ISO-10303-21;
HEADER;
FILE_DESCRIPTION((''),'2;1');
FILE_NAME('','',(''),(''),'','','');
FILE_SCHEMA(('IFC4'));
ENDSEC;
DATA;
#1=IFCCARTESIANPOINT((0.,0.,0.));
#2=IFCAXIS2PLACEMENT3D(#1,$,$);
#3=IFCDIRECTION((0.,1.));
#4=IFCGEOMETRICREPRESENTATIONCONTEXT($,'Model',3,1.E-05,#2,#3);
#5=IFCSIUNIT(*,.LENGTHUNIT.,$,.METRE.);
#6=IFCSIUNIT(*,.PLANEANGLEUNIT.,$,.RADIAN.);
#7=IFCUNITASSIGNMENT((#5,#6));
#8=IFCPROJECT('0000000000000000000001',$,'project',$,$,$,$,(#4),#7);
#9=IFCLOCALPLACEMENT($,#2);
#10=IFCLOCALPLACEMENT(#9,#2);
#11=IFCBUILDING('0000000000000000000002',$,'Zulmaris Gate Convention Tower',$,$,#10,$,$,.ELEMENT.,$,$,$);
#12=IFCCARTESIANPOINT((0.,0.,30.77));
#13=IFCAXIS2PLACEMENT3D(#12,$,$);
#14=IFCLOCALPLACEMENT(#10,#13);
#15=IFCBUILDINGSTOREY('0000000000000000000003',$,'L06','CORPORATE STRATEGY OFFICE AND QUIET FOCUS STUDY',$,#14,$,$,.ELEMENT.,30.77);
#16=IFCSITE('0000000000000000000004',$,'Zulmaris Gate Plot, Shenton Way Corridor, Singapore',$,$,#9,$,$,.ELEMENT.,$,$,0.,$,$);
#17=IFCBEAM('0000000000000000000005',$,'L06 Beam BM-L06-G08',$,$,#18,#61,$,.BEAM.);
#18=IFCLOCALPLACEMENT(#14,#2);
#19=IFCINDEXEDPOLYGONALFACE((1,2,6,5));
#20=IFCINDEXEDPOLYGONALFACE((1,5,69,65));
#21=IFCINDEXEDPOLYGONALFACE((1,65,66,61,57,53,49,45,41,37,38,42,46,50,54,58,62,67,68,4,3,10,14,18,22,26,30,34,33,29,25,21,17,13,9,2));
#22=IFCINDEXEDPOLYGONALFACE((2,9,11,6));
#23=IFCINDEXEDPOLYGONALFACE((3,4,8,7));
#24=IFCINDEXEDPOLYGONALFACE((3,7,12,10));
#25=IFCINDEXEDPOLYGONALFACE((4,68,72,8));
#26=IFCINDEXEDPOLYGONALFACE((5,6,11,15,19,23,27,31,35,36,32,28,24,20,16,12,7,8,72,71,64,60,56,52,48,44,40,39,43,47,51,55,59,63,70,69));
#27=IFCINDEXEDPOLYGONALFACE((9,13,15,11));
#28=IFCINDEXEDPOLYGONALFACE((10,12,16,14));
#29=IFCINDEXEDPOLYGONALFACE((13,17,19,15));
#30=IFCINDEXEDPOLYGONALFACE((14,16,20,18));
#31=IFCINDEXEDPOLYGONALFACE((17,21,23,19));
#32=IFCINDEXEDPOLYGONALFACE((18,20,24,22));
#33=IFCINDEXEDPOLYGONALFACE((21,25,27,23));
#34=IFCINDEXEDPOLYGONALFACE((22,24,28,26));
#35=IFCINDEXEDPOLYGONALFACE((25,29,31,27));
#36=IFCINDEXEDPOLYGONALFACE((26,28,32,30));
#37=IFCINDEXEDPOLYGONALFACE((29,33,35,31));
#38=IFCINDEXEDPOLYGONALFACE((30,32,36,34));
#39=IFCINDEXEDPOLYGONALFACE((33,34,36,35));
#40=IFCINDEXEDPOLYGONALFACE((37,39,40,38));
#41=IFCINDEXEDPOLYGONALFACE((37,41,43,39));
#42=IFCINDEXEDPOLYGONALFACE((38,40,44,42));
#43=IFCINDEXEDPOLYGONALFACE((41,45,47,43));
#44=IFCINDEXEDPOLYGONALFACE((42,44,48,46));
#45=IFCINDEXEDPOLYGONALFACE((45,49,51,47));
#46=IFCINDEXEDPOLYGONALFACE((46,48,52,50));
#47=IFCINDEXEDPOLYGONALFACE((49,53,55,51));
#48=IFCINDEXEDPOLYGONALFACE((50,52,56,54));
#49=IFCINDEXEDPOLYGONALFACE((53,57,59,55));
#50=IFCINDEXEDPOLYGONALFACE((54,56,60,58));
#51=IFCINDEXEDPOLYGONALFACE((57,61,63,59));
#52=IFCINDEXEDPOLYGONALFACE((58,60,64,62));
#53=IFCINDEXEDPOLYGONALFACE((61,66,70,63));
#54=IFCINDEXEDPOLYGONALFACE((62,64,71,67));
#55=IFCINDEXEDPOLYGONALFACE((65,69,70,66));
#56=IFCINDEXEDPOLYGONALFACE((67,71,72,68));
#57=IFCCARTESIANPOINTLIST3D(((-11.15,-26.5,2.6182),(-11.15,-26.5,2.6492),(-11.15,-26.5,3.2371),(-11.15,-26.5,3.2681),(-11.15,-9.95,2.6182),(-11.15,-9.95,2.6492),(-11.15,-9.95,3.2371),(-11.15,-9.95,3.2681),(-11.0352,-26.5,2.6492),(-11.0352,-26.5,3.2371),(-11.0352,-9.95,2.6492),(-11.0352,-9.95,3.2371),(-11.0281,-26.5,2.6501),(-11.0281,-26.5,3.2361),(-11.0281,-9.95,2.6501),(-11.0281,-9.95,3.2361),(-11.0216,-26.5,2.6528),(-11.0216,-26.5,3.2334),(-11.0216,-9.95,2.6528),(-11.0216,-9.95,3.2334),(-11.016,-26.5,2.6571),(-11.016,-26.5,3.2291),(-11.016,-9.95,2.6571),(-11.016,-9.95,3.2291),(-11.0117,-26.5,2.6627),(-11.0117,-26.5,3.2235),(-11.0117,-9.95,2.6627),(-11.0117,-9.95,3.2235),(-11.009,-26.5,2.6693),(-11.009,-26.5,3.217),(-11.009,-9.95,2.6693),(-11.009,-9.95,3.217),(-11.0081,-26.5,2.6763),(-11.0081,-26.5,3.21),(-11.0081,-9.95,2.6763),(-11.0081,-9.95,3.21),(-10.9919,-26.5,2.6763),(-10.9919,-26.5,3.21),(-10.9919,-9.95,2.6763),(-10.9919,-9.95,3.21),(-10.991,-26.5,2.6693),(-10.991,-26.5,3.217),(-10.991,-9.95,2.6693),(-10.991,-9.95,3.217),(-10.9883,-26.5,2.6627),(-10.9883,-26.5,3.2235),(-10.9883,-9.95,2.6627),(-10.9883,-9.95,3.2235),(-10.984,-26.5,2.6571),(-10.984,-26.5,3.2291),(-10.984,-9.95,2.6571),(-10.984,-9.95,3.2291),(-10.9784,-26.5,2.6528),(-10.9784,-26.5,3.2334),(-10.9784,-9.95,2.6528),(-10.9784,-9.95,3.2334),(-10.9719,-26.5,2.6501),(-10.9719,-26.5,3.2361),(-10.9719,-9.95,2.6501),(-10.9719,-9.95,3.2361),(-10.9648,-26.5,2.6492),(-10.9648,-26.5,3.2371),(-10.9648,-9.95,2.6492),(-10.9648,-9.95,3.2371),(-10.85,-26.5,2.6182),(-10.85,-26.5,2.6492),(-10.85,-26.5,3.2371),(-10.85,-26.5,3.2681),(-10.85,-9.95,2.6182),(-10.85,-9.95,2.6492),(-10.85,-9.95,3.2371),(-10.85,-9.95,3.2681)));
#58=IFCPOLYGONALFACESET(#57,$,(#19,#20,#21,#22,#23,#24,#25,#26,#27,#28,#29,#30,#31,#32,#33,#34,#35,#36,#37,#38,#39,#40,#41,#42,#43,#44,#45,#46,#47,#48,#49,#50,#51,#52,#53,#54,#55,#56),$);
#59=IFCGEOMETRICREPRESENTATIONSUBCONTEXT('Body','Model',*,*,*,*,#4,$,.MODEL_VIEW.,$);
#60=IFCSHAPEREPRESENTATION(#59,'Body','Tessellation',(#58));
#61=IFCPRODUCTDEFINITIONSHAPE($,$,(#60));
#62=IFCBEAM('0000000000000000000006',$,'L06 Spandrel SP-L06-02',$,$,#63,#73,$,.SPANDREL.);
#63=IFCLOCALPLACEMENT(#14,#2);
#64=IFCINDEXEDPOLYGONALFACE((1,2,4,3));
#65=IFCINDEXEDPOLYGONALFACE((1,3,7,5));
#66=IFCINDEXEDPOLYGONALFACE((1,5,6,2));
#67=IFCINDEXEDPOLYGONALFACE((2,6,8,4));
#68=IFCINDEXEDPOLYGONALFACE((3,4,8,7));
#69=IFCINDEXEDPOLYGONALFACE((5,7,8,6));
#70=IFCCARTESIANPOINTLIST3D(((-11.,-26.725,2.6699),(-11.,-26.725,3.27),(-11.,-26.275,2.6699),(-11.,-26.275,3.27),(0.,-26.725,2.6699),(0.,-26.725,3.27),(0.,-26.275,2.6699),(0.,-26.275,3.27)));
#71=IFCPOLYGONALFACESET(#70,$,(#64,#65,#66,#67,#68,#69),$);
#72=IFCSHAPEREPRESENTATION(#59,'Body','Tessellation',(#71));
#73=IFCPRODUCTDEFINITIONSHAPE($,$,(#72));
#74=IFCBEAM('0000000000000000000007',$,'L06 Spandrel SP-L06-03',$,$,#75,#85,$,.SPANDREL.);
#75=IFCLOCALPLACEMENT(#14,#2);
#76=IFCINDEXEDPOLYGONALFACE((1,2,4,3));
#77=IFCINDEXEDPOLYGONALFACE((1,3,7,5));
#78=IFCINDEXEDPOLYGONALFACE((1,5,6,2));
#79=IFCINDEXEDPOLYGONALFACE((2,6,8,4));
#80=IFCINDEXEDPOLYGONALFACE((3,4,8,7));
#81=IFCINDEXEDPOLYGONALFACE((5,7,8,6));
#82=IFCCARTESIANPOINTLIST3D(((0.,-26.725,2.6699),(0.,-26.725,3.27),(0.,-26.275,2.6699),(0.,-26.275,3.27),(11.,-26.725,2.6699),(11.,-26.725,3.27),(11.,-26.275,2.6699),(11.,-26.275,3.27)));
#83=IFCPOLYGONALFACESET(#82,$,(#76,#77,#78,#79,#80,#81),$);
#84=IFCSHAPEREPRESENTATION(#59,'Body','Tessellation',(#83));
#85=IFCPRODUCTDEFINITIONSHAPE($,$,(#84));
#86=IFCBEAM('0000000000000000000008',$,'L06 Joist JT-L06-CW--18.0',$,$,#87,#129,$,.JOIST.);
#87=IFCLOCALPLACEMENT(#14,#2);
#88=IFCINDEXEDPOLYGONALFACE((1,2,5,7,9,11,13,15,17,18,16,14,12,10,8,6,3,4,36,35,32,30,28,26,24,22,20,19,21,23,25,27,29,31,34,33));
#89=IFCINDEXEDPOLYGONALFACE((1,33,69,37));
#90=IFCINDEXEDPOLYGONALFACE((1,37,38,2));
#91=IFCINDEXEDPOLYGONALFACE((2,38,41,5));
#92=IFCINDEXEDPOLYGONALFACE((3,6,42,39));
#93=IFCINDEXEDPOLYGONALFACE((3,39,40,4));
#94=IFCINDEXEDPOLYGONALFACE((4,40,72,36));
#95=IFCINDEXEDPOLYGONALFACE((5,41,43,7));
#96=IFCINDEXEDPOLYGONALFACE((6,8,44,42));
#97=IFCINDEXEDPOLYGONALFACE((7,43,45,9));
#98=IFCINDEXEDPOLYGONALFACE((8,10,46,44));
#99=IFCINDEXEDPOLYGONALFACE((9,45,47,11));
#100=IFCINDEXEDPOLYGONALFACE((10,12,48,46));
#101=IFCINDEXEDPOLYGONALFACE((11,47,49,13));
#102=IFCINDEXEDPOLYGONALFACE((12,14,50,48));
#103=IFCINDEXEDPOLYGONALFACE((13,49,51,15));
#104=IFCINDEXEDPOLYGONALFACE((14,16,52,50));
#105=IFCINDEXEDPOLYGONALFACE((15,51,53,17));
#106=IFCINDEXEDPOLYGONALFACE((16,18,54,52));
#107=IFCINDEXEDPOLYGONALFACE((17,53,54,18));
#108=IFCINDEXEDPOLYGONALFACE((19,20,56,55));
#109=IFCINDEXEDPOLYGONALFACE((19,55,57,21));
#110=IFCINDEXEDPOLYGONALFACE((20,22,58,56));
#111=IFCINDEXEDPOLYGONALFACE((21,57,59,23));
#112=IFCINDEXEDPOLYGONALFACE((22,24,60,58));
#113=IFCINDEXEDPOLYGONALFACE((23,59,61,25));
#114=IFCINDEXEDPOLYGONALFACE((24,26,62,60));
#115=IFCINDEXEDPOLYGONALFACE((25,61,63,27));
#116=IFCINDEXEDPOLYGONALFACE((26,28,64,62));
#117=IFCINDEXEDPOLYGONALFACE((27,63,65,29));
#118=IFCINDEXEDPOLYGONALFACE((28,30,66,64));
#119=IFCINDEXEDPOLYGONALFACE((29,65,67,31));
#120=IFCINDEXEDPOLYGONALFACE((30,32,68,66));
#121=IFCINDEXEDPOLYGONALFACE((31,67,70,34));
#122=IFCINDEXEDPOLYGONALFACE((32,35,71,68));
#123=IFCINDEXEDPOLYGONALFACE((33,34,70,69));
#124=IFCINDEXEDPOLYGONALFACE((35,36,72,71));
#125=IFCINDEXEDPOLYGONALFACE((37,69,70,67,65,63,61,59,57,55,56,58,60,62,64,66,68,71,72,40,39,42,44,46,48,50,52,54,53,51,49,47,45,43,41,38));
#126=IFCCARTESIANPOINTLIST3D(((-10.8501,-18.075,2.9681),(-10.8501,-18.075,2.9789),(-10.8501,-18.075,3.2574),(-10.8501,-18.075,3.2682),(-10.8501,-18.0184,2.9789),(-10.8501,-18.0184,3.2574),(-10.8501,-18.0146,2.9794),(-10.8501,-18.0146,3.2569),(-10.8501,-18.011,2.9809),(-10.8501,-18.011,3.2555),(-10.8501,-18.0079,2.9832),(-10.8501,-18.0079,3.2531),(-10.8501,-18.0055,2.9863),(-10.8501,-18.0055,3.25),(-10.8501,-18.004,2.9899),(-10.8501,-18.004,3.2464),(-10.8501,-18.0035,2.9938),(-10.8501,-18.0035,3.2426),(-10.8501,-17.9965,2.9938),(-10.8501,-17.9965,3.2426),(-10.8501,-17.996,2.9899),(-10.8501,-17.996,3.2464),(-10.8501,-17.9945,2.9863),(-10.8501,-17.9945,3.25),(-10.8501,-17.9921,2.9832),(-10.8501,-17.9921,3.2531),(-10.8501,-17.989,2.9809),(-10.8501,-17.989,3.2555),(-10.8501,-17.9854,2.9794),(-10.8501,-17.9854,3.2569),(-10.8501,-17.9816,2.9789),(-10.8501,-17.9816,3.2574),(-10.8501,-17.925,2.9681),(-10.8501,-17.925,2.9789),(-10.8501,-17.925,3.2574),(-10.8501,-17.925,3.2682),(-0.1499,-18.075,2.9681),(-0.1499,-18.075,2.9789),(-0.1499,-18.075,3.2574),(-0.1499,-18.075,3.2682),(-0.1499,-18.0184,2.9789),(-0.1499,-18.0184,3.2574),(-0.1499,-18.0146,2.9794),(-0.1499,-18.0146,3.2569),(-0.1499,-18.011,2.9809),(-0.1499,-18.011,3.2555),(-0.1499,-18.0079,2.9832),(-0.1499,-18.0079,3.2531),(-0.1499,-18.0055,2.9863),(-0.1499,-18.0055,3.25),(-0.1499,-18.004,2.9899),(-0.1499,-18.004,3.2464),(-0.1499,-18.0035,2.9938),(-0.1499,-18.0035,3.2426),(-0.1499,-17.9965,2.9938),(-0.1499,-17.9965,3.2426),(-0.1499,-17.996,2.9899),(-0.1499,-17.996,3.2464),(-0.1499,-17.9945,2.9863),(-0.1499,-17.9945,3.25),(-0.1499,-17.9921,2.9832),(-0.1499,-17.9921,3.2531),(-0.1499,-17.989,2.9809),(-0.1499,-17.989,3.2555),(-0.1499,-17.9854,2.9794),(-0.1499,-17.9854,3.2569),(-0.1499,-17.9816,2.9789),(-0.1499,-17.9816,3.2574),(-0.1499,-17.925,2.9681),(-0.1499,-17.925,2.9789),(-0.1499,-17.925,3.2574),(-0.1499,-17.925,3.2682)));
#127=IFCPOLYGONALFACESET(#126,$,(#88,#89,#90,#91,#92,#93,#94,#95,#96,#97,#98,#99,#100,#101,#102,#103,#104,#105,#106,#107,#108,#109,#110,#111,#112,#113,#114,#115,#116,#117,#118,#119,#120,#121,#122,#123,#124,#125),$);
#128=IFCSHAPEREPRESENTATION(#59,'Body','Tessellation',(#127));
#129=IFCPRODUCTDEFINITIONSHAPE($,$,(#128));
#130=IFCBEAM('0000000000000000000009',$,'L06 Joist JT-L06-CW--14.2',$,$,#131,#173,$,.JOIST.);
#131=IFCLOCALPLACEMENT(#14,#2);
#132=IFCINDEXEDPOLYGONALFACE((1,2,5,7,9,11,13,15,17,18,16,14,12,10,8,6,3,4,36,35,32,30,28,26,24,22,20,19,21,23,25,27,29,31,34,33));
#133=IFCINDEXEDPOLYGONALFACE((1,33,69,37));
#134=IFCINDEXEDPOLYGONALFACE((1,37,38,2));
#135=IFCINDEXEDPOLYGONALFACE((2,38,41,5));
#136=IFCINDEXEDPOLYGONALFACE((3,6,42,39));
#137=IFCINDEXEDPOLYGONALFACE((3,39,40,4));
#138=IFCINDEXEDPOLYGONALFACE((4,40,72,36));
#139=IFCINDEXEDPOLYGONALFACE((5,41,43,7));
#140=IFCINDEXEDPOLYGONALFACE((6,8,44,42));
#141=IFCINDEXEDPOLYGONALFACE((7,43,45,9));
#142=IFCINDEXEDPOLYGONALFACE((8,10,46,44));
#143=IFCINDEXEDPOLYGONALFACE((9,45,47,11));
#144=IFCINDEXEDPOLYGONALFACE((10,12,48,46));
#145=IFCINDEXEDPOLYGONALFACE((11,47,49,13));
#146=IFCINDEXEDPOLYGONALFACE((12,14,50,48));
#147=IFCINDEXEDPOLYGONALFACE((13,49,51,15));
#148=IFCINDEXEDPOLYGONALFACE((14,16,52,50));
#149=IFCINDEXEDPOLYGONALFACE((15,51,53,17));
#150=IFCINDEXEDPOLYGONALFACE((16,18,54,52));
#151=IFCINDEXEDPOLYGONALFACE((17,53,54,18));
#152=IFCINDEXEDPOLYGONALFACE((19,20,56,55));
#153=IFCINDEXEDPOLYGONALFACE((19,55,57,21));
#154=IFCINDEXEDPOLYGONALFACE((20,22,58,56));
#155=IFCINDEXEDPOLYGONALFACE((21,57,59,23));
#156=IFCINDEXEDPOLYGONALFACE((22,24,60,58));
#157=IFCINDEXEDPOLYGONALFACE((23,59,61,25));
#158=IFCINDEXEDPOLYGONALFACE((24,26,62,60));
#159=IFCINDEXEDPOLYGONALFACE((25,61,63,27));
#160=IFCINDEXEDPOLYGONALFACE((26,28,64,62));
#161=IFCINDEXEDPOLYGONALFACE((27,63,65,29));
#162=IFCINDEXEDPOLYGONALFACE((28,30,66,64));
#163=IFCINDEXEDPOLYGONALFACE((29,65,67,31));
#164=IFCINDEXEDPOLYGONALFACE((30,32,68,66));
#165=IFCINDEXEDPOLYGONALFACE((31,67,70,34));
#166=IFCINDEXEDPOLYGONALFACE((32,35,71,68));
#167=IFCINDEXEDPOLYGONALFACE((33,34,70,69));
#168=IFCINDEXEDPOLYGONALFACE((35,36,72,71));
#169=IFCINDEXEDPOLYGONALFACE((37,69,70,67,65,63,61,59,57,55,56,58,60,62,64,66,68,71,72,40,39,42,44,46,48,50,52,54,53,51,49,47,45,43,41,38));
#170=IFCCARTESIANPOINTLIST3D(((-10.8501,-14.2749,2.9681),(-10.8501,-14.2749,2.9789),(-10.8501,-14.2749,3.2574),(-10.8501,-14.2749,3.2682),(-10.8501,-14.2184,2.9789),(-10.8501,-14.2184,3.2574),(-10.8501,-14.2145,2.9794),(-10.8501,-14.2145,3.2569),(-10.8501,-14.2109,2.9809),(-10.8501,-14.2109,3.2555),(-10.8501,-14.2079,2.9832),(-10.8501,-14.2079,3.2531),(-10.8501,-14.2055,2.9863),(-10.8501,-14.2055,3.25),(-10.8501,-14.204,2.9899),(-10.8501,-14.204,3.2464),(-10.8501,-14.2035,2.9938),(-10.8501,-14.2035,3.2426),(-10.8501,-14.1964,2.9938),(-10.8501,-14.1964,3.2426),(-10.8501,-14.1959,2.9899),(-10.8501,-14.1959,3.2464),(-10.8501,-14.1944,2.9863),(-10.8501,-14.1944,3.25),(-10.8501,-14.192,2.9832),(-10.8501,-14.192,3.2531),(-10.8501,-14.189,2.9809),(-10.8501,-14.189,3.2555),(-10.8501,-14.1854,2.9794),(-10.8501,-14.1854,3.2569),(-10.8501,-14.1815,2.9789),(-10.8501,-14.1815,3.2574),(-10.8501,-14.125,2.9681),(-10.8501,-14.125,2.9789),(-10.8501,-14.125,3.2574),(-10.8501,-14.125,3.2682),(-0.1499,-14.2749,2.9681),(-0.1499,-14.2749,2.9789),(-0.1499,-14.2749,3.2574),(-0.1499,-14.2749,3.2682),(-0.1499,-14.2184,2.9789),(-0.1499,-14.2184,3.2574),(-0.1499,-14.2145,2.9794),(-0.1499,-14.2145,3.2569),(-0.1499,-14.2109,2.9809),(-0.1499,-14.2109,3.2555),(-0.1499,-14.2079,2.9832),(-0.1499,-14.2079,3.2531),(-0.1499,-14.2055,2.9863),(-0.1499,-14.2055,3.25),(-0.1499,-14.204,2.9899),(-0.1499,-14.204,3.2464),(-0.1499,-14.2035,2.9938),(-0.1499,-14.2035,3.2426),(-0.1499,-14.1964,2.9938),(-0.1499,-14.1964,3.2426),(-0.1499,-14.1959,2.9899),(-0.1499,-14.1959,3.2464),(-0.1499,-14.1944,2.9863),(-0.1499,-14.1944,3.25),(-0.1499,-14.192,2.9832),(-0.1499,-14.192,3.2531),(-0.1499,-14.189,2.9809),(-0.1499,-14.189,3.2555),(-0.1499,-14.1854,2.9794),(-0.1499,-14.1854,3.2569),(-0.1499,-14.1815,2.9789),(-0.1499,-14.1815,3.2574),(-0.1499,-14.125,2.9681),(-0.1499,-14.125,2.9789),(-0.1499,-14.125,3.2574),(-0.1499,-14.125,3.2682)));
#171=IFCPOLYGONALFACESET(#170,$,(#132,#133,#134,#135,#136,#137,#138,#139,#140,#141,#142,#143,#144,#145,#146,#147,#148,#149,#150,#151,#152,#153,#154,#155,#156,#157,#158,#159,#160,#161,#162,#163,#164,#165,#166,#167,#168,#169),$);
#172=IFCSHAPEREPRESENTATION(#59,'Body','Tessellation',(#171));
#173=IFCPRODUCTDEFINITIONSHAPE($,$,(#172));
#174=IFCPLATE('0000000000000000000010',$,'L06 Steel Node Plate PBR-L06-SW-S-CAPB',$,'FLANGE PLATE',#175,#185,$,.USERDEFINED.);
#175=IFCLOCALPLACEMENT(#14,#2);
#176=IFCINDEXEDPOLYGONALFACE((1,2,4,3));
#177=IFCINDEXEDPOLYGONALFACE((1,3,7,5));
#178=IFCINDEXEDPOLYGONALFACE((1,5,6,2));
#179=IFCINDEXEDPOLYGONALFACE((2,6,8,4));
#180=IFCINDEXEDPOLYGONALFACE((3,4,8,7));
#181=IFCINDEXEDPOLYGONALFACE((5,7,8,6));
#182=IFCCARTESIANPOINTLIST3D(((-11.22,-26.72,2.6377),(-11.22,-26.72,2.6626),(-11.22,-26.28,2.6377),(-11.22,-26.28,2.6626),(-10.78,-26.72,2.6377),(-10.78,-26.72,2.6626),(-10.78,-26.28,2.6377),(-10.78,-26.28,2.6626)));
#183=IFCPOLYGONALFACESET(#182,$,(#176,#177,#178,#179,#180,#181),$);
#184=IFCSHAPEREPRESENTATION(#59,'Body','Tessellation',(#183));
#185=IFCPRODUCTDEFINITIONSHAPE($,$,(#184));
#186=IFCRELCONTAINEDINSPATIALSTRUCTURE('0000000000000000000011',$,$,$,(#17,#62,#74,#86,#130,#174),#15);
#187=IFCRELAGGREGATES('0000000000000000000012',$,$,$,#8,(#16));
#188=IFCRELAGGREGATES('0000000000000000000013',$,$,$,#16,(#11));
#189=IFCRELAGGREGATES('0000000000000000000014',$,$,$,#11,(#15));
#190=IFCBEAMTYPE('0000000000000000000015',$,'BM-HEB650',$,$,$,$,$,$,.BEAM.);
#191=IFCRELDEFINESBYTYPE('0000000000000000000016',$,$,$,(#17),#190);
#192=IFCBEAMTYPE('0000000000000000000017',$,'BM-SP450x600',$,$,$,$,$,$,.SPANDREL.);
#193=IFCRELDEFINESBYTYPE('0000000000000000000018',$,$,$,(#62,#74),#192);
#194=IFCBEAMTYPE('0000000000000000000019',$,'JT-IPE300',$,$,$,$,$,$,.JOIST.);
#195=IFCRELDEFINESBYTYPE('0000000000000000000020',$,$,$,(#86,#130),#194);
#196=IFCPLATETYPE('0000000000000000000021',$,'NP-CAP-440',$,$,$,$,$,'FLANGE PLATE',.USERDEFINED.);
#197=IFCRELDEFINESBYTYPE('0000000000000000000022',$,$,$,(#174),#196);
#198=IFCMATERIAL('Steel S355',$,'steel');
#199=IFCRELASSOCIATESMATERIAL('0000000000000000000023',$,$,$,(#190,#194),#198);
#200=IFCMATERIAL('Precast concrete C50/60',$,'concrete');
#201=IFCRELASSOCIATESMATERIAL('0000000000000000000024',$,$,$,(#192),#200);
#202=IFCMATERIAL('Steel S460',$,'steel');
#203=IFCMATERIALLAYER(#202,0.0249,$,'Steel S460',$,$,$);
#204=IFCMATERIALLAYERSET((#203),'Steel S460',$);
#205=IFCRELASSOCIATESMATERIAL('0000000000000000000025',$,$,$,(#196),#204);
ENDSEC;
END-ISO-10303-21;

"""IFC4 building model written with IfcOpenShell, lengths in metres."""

from ifc_helpers import new_model, si_unit, direction, frame, origin, origin_2d, place, context, subcontext, project, spatial, rectangle, i_section, extrude, material, layer, layer_set, material_profile, profile_set, type_object, element, save


model = new_model("IFC4")

# Units and contexts
model_context = context("Model", 3, precision=1e-05, world=origin(), true_north=direction((0.0, 1.0)))
body_context = subcontext(model_context, "Body", "Model", "MODEL_VIEW")
ifc_project = project(units=[si_unit("LENGTHUNIT", "METRE"), si_unit("PLANEANGLEUNIT", "RADIAN")], contexts=[model_context])

# Site, building, storey
site_placement = place(None, origin())
site = spatial("IfcSite", under=ifc_project, at=site_placement, Name="Zulmaris Gate Plot, Shenton Way Corridor, Singapore", CompositionType="ELEMENT", RefElevation=0.0)
building_placement = place(site_placement, origin())
building = spatial("IfcBuilding", under=site, at=building_placement, Name="Zulmaris Gate Convention Tower", CompositionType="ELEMENT")
storey_placement = place(building_placement, frame((0.0, 0.0, 30.77)))
storey = spatial("IfcBuildingStorey", under=building, at=storey_placement, Name="L06", Description="CORPORATE STRATEGY OFFICE AND QUIET FOCUS STUDY", CompositionType="ELEMENT", Elevation=30.77)

# Beams
ifc_material_1 = material(Name="Steel S355", Category="steel")
ifc_material_profile_1 = material_profile(ifc_material_1, i_section(OverallWidth=0.3, OverallDepth=0.6499, WebThickness=0.0161, FlangeThickness=0.031, FilletRadius=0.0271, at=origin_2d()), Name="HEB 650")
ifc_profile_set_1 = profile_set([ifc_material_profile_1], Name="Steel S355")
beam_type_1 = type_object("IfcBeamType", Name="BM-HEB650", PredefinedType="BEAM", material=ifc_profile_set_1)
beam_1_placement = place(storey_placement, frame((-11.0, -26.5, 2.9431), z_axis=(0.0, 1.0, 0.0), x_axis=(-1.0, 0.0, 0.0)))
element("IfcBeam", 1, at=beam_1_placement, inside=storey, type_object=beam_type_1, Name="L06 Beam BM-L06-G08", PredefinedType="BEAM", context=body_context, shape_type="SweptSolid", body=[
    extrude(i_section(OverallWidth=0.3, OverallDepth=0.6499, WebThickness=0.0161, FlangeThickness=0.031, FilletRadius=0.0271, at=origin_2d()), origin(), (0.0, 0.0, 1.0), 16.55),
])
ifc_material_2 = material(Name="Precast concrete C50/60", Category="concrete")
ifc_material_profile_2 = material_profile(ifc_material_2, rectangle(XDim=0.45, YDim=0.6001, at=origin_2d()), Name="RC SPANDREL 450x600")
ifc_profile_set_2 = profile_set([ifc_material_profile_2], Name="Precast concrete C50/60")
beam_type_2 = type_object("IfcBeamType", Name="BM-SP450x600", PredefinedType="SPANDREL", material=ifc_profile_set_2)
for number, where, z_axis, x_axis, name in (
    (2, (-11.0, -26.5, 2.97), (1.0, 0.0, 0.0), (0.0, 1.0, 0.0), "L06 Spandrel SP-L06-02"),
    (3, (0.0, -26.5, 2.97), (1.0, 0.0, 0.0), (0.0, 1.0, 0.0), "L06 Spandrel SP-L06-03"),
):
    element("IfcBeam", number, at=place(storey_placement, frame(where, z_axis=z_axis, x_axis=x_axis)), inside=storey, type_object=beam_type_2, Name=name, PredefinedType="SPANDREL", context=body_context, shape_type="SweptSolid", body=[
        extrude(rectangle(XDim=0.45, YDim=0.6001, at=origin_2d()), origin(), (0.0, 0.0, 1.0), 11.0),
    ])
ifc_material_profile_3 = material_profile(ifc_material_1, i_section(OverallWidth=0.1499, OverallDepth=0.3, WebThickness=0.0071, FlangeThickness=0.0107, FilletRadius=0.0149, at=origin_2d()), Name="IPE 300")
ifc_profile_set_3 = profile_set([ifc_material_profile_3], Name="Steel S355")
beam_type_3 = type_object("IfcBeamType", Name="JT-IPE300", PredefinedType="JOIST", material=ifc_profile_set_3)
for number, where, z_axis, x_axis, name in (
    (4, (-10.8501, -18.0, 3.1182), (1.0, 0.0, 0.0), (0.0, 1.0, 0.0), "L06 Joist JT-L06-CW--18.0"),
    (5, (-10.8501, -14.2, 3.1182), (1.0, 0.0, 0.0), (0.0, 1.0, 0.0), "L06 Joist JT-L06-CW--14.2"),
):
    element("IfcBeam", number, at=place(storey_placement, frame(where, z_axis=z_axis, x_axis=x_axis)), inside=storey, type_object=beam_type_3, Name=name, PredefinedType="JOIST", context=body_context, shape_type="SweptSolid", body=[
        extrude(i_section(OverallWidth=0.1499, OverallDepth=0.3, WebThickness=0.0071, FlangeThickness=0.0107, FilletRadius=0.0149, at=origin_2d()), origin(), (0.0, 0.0, 1.0), 10.7002),
    ])

# Plate
ifc_material_3 = material(Name="Steel S460", Category="steel")
ifc_layer_1 = layer(ifc_material_3, 0.0249, Name="Steel S460")
ifc_layer_set_1 = layer_set([ifc_layer_1], Name="Steel S460")
plate_type = type_object("IfcPlateType", Name="NP-CAP-440", ElementType="FLANGE PLATE", PredefinedType="USERDEFINED", material=ifc_layer_set_1)
plate_placement = place(storey_placement, frame((-11.0, -26.5, 2.6377), z_axis=(0.0, 0.0, 1.0), x_axis=(1.0, 0.0, 0.0)))
element("IfcPlate", 6, at=plate_placement, inside=storey, type_object=plate_type, Name="L06 Steel Node Plate PBR-L06-SW-S-CAPB", ObjectType="FLANGE PLATE", PredefinedType="USERDEFINED", context=body_context, shape_type="SweptSolid", body=[
    extrude(rectangle(XDim=0.4399, YDim=0.4399, at=origin_2d()), origin(), (0.0, 0.0, 1.0), 0.0249),
])

save(model, "model.ifc")
